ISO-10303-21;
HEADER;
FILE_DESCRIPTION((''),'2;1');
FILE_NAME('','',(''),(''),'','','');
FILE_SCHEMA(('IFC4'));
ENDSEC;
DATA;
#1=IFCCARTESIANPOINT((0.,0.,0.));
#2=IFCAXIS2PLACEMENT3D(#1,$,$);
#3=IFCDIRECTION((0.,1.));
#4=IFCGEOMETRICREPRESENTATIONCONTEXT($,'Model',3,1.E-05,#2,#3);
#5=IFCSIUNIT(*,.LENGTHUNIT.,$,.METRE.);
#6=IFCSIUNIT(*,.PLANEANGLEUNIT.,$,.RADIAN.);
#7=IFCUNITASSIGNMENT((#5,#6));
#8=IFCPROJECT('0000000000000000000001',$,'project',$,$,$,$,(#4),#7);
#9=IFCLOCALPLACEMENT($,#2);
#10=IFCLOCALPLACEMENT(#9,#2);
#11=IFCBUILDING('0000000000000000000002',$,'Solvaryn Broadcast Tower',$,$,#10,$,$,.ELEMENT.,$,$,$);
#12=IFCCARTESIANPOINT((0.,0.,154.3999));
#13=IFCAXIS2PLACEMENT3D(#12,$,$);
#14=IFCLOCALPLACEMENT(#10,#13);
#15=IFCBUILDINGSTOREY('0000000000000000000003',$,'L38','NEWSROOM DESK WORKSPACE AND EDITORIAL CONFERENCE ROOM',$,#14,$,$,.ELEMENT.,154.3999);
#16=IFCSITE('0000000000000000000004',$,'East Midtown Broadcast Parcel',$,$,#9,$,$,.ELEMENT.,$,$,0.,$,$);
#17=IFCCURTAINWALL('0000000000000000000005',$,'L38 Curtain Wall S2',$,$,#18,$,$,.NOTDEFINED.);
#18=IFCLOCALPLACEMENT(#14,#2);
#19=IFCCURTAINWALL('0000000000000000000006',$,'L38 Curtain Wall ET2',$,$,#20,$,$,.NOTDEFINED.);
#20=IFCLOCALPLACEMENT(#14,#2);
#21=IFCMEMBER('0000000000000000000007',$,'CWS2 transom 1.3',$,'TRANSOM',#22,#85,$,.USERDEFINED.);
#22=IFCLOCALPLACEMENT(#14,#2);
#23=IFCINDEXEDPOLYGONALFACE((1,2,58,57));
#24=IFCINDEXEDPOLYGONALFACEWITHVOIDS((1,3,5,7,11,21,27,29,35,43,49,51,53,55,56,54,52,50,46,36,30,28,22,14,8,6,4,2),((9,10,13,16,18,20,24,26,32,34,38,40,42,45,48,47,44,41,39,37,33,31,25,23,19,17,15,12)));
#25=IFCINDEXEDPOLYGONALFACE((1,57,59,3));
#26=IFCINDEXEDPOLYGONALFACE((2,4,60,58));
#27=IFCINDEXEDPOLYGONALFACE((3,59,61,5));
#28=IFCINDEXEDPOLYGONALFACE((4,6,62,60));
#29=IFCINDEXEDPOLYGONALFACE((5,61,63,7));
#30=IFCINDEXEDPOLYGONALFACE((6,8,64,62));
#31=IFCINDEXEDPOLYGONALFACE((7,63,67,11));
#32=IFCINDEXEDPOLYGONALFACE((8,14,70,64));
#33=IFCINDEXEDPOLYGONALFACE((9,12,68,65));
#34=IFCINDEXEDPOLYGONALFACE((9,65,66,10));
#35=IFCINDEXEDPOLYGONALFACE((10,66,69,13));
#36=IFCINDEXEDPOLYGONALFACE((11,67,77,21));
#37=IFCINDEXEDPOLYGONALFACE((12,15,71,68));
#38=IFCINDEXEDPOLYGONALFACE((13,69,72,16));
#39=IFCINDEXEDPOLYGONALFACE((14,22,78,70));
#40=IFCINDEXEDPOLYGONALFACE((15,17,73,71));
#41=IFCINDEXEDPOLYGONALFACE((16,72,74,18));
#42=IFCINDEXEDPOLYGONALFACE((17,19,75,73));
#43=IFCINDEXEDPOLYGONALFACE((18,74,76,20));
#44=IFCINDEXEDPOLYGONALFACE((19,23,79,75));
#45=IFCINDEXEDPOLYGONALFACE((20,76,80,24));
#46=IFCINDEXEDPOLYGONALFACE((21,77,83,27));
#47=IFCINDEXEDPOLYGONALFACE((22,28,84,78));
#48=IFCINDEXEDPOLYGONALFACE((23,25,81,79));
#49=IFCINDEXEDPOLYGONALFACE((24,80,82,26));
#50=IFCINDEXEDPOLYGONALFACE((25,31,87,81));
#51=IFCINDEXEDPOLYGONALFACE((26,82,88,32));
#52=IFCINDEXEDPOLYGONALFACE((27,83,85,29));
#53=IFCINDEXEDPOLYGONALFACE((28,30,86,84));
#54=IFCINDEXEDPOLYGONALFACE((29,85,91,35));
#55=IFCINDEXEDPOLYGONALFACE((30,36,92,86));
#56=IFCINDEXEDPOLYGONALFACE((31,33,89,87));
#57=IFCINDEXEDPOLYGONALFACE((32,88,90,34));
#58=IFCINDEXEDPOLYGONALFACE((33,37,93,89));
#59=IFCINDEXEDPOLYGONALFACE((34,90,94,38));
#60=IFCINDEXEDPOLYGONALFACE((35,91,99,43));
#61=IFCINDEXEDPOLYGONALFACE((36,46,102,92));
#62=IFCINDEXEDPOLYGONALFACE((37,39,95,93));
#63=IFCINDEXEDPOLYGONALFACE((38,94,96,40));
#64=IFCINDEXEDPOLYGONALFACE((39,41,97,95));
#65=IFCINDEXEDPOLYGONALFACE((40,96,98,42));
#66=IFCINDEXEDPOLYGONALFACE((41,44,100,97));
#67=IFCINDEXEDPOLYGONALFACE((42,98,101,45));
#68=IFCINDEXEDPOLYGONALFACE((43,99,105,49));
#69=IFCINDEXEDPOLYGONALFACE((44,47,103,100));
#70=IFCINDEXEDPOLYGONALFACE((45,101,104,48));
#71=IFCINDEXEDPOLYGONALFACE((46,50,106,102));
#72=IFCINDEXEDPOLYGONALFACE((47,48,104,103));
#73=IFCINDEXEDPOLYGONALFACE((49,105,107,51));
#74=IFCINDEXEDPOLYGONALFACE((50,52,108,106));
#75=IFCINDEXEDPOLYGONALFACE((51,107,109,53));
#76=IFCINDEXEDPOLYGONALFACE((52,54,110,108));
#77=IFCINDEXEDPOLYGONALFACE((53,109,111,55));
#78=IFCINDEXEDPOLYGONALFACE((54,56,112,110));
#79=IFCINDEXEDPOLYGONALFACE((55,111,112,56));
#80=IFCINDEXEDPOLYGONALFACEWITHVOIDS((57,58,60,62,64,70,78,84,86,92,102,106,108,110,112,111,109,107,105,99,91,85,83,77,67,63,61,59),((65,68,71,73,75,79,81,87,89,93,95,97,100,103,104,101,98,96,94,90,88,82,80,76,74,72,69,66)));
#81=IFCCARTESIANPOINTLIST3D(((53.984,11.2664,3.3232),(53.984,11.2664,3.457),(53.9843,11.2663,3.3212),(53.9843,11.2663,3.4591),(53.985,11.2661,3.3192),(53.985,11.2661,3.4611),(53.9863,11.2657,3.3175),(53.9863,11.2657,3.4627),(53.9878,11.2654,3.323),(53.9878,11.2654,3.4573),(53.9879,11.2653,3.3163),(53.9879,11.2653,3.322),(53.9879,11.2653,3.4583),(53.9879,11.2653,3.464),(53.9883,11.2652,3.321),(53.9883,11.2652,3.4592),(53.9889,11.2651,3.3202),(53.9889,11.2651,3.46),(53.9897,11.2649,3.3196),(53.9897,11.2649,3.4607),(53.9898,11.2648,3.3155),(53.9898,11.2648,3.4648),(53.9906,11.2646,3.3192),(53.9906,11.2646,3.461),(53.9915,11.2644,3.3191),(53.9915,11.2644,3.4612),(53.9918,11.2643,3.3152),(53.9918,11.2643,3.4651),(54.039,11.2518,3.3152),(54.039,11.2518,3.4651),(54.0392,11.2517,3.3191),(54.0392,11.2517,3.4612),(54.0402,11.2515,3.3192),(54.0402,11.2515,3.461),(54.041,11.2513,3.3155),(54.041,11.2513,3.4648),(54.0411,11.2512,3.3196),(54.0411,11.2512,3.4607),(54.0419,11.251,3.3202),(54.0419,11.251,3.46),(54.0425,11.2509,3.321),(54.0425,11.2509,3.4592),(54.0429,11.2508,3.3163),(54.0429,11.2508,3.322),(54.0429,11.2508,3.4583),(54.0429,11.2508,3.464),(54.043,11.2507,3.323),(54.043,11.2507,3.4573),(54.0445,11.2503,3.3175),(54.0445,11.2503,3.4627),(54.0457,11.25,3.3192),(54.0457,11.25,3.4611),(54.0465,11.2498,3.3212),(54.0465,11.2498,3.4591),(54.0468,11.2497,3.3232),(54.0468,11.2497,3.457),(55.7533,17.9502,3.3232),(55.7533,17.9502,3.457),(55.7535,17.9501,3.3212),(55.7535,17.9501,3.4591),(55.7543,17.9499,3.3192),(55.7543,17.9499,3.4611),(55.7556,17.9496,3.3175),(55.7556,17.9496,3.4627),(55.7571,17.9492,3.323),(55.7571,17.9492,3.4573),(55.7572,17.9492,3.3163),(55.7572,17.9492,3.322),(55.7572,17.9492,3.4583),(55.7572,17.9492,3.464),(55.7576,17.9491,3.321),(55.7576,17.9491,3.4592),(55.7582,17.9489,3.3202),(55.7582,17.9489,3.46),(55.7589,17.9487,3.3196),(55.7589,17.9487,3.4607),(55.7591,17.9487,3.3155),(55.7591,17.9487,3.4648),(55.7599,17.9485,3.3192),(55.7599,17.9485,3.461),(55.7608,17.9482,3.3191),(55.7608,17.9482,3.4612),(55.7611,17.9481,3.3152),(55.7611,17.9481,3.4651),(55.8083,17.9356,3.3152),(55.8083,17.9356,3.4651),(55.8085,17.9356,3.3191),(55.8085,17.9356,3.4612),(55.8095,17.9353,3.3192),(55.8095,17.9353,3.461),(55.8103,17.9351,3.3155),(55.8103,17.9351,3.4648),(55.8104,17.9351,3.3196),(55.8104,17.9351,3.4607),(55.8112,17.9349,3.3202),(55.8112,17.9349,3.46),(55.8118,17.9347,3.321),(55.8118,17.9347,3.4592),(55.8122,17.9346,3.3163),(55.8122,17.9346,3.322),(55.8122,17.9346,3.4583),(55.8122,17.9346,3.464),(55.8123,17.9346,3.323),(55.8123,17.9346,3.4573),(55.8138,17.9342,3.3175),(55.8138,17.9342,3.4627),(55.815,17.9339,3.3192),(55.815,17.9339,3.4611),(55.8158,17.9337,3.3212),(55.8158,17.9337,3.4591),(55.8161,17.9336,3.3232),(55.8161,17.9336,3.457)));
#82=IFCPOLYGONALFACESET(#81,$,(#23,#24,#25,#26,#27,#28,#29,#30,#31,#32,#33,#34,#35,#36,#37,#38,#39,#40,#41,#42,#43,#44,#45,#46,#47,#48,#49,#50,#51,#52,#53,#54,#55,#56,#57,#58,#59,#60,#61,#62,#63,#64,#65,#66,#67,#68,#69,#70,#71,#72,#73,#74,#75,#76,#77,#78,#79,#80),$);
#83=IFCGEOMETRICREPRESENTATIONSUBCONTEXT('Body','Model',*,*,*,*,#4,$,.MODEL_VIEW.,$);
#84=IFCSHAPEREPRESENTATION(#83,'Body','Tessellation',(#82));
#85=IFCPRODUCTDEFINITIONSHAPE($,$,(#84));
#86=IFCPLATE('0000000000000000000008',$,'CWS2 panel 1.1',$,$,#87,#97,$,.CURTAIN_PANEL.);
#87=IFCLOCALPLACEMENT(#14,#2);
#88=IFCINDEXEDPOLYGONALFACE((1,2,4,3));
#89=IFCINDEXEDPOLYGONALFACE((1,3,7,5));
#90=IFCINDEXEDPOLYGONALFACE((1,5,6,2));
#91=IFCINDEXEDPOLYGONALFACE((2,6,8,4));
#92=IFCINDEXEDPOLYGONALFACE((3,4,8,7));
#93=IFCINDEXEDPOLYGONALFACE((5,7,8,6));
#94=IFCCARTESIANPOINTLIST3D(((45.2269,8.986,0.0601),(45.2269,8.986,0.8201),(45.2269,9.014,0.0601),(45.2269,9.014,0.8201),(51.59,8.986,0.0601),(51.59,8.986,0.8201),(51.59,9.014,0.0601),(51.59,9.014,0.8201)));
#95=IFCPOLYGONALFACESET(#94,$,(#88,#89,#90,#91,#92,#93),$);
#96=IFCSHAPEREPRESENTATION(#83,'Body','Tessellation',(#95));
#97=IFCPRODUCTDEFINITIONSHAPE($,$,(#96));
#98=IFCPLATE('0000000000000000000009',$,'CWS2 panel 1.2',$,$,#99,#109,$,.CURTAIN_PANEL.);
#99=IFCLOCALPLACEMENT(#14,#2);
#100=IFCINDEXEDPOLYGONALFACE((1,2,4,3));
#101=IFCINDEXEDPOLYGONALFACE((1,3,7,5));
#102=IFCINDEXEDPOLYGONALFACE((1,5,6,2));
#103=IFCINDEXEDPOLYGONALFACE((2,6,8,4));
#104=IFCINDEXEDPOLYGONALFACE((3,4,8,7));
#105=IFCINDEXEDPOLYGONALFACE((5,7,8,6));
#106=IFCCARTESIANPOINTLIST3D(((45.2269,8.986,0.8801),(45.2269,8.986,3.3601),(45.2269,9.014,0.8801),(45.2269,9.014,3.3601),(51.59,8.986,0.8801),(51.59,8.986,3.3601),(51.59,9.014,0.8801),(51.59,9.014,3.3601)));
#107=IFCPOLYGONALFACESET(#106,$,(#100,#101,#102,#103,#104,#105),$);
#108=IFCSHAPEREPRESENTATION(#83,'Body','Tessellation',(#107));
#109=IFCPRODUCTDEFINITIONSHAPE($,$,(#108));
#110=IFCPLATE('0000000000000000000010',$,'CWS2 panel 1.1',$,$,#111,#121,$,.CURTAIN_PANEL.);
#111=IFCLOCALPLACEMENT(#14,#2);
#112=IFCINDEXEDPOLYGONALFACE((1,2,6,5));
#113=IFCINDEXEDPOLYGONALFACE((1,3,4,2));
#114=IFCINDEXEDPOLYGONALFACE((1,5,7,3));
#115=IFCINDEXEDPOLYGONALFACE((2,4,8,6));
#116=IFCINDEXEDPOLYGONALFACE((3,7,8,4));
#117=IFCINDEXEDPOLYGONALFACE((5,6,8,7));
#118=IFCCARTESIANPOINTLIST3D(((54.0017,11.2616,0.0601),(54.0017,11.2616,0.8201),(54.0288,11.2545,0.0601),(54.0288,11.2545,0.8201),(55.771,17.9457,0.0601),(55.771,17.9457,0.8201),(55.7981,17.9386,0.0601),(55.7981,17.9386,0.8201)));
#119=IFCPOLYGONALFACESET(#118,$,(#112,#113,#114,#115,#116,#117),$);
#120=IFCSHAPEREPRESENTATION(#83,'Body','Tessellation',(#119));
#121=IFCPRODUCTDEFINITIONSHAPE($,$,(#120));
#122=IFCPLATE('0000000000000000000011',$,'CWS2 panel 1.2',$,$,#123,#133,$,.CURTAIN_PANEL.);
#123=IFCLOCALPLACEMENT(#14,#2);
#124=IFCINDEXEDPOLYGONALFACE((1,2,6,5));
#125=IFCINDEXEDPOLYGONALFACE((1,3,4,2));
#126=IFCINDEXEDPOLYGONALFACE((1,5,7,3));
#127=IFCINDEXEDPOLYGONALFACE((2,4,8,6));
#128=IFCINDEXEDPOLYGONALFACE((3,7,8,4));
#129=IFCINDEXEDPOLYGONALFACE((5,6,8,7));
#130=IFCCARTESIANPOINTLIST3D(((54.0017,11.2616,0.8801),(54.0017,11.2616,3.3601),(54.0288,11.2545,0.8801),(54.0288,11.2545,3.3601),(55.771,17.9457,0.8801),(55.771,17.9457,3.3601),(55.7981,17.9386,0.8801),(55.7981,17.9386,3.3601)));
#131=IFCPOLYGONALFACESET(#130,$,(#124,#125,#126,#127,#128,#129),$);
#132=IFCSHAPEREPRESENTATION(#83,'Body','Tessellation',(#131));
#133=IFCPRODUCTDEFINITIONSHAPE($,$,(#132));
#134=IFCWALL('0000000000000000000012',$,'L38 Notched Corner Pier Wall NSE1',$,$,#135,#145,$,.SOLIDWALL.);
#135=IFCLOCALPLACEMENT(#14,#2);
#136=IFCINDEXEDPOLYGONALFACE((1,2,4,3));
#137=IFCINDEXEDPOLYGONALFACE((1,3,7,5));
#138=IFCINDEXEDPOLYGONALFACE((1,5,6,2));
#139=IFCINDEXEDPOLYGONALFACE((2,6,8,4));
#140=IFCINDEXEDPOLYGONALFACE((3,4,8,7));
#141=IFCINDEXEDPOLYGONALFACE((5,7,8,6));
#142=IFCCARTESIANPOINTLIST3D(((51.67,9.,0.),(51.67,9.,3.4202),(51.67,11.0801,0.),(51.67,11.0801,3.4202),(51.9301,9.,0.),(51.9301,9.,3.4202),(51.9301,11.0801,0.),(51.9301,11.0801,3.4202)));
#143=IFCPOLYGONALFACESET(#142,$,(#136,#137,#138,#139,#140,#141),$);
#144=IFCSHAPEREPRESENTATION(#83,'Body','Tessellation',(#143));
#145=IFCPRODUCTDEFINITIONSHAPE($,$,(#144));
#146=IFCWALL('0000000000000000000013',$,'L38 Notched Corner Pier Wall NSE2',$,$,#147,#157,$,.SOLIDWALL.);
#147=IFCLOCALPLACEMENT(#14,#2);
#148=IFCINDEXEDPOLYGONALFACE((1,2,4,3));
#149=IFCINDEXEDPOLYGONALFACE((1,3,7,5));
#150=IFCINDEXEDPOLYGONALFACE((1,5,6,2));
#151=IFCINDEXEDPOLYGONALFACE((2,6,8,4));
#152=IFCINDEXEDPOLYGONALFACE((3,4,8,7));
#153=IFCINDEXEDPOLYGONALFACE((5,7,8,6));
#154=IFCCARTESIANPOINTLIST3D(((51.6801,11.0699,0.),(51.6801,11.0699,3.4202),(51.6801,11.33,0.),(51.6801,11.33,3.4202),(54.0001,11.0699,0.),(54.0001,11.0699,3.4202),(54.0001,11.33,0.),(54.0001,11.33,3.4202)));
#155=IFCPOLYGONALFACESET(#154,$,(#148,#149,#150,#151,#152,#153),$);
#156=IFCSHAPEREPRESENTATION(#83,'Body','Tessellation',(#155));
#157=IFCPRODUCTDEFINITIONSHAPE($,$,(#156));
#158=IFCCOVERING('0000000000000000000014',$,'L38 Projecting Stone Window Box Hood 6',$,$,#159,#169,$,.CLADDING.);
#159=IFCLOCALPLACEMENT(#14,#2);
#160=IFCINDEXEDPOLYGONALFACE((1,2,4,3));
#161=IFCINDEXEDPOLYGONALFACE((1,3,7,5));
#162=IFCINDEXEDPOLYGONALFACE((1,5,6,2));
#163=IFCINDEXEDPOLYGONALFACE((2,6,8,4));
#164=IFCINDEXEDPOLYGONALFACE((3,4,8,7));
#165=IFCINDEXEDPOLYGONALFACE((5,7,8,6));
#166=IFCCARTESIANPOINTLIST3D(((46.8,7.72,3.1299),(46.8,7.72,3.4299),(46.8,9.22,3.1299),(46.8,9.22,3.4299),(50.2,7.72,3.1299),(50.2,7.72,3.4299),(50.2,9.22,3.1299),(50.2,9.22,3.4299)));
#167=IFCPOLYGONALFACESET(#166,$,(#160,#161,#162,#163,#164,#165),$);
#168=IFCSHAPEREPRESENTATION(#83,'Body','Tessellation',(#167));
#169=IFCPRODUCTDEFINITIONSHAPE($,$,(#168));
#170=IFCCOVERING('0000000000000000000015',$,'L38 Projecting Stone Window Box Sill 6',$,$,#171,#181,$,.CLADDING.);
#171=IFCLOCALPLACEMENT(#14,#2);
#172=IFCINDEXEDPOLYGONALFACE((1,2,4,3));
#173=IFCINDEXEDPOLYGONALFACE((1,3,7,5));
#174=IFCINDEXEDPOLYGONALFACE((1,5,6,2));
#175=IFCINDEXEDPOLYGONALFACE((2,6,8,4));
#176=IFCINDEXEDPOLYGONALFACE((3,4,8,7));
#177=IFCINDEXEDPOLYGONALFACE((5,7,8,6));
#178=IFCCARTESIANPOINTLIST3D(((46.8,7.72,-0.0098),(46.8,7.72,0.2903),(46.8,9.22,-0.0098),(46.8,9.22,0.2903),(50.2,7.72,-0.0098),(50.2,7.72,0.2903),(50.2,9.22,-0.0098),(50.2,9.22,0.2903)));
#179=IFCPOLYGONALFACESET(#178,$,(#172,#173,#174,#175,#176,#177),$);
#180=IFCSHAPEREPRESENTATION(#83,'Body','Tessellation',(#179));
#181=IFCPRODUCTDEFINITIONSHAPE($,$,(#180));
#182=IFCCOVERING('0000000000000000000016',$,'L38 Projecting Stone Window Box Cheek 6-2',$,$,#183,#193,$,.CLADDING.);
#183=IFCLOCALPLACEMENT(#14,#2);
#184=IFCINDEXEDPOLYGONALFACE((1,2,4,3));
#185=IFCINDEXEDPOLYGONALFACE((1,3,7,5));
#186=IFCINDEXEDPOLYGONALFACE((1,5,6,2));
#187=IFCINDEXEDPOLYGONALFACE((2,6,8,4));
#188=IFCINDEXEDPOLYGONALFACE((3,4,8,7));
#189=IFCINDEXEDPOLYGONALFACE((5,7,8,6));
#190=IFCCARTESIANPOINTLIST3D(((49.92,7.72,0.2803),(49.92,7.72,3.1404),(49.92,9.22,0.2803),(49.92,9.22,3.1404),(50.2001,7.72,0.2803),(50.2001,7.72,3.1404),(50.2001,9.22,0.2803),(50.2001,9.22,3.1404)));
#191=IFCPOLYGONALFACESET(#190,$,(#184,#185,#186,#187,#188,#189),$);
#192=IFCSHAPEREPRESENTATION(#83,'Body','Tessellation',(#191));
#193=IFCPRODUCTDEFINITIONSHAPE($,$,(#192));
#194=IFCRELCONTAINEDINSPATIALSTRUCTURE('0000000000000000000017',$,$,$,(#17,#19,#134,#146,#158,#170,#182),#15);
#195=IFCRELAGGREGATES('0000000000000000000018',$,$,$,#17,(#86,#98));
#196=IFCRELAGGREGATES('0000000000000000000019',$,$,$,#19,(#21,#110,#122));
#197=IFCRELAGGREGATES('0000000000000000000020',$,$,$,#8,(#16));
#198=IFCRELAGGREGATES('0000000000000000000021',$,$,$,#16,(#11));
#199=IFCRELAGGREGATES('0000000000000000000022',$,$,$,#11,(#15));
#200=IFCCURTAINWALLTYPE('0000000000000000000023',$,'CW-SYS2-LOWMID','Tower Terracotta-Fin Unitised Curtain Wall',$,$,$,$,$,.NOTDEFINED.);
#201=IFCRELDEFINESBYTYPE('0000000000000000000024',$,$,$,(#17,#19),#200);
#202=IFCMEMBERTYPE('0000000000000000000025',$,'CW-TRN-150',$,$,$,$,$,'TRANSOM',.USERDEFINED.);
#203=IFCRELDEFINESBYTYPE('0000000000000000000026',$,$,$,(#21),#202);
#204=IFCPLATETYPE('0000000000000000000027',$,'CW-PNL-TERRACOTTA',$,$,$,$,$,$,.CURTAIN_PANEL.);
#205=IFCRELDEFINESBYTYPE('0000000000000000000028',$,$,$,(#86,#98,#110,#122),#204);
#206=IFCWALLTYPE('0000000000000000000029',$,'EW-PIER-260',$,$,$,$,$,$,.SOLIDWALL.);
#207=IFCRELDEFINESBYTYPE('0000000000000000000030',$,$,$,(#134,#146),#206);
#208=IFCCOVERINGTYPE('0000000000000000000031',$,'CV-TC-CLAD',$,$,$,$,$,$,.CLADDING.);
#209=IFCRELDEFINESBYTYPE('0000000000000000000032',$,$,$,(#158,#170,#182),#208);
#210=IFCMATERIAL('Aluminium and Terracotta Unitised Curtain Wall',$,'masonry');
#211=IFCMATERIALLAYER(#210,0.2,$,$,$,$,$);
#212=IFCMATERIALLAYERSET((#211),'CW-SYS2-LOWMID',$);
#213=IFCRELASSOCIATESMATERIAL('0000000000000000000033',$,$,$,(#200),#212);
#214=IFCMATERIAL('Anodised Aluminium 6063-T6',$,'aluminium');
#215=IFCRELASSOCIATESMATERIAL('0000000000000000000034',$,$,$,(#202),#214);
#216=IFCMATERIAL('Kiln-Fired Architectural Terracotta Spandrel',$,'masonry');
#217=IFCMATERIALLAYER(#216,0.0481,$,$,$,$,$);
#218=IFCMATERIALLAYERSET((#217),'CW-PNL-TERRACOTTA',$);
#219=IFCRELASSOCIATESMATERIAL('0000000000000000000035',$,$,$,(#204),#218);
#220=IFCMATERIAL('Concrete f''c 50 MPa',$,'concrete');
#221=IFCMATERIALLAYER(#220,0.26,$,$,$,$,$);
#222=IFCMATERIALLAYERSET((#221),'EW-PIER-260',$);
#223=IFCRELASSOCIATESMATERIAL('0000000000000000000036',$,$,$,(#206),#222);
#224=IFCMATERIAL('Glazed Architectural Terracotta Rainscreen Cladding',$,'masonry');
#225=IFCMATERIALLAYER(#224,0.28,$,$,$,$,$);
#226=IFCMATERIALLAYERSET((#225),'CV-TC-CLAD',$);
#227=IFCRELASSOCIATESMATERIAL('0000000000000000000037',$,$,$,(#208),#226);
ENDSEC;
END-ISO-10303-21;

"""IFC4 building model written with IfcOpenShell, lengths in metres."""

from ifc_helpers import new_model, si_unit, direction, frame, frame_2d, origin, origin_2d, place, context, subcontext, project, spatial, rectangle, hollow_rectangle, extrude, material, layer, layer_set, material_profile, profile_set, type_object, element, aggregate, save


model = new_model("IFC4")

# Units and contexts
model_context = context("Model", 3, precision=1e-05, world=origin(), true_north=direction((0.0, 1.0)))
body_context = subcontext(model_context, "Body", "Model", "MODEL_VIEW")
ifc_project = project(units=[si_unit("LENGTHUNIT", "METRE"), si_unit("PLANEANGLEUNIT", "RADIAN")], contexts=[model_context])

# Site, building, storey
site_placement = place(None, origin())
site = spatial("IfcSite", under=ifc_project, at=site_placement, Name="East Midtown Broadcast Parcel", CompositionType="ELEMENT", RefElevation=0.0)
building_placement = place(site_placement, origin())
building = spatial("IfcBuilding", under=site, at=building_placement, Name="Solvaryn Broadcast Tower", CompositionType="ELEMENT")
storey_placement = place(building_placement, frame((0.0, 0.0, 154.3999)))
storey = spatial("IfcBuildingStorey", under=building, at=storey_placement, Name="L38", Description="NEWSROOM DESK WORKSPACE AND EDITORIAL CONFERENCE ROOM", CompositionType="ELEMENT", Elevation=154.3999)

# Curtain wall
ifc_material_1 = material(Name="Aluminium and Terracotta Unitised Curtain Wall", Category="masonry")
ifc_layer_1 = layer(ifc_material_1, 0.2)
ifc_layer_set_1 = layer_set([ifc_layer_1], Name="CW-SYS2-LOWMID")
curtain_wall_type = type_object("IfcCurtainWallType", Name="CW-SYS2-LOWMID", Description="Tower Terracotta-Fin Unitised Curtain Wall", PredefinedType="NOTDEFINED", material=ifc_layer_set_1)
curtain_wall_1_placement = place(storey_placement, origin())
curtain_wall_1 = element("IfcCurtainWall", 1, at=curtain_wall_1_placement, inside=storey, type_object=curtain_wall_type, Name="L38 Curtain Wall S2", PredefinedType="NOTDEFINED")

# Curtain wall, member
curtain_wall_2_placement = place(storey_placement, origin())
curtain_wall_2 = element("IfcCurtainWall", 2, at=curtain_wall_2_placement, inside=storey, type_object=curtain_wall_type, Name="L38 Curtain Wall ET2", PredefinedType="NOTDEFINED")
ifc_material_2 = material(Name="Anodised Aluminium 6063-T6", Category="aluminium")
ifc_material_profile_1 = material_profile(ifc_material_2, hollow_rectangle(XDim=0.0649, YDim=0.1499, WallThickness=0.0039, InnerFilletRadius=0.0039, OuterFilletRadius=0.0081, at=origin_2d()))
ifc_profile_set_1 = profile_set([ifc_material_profile_1], Name="Anodised Aluminium 6063-T6")
member_type_1 = type_object("IfcMemberType", Name="CW-TRN-150", ElementType="TRANSOM", PredefinedType="USERDEFINED", material=ifc_profile_set_1)
member_1_placement = place(storey_placement, frame((55.7847, 17.9419, 3.3901), z_axis=(-0.255897, -0.966704, 0.0), x_axis=(0.966704, -0.255897, 0.0)))
member_1 = element("IfcMember", 3, at=member_1_placement, type_object=member_type_1, Name="CWS2 transom 1.3", ObjectType="TRANSOM", PredefinedType="USERDEFINED", context=body_context, shape_type="SweptSolid", body=[
    extrude(hollow_rectangle(XDim=0.0649, YDim=0.1499, WallThickness=0.0039, InnerFilletRadius=0.0039, OuterFilletRadius=0.0081, at=origin_2d()), origin(), (0.0, 0.0, 1.0), 6.9141),
])

# Plates
ifc_material_3 = material(Name="Kiln-Fired Architectural Terracotta Spandrel", Category="masonry")
ifc_layer_2 = layer(ifc_material_3, 0.0481)
ifc_layer_set_2 = layer_set([ifc_layer_2], Name="CW-PNL-TERRACOTTA")
plate_type = type_object("IfcPlateType", Name="CW-PNL-TERRACOTTA", PredefinedType="CURTAIN_PANEL", material=ifc_layer_set_2)
plate_1_placement = place(storey_placement, frame((48.4084, 9.0, 0.0601), z_axis=(0.0, 0.0, 1.0), x_axis=(1.0, 0.0, 0.0)))
plate_1 = element("IfcPlate", 4, at=plate_1_placement, type_object=plate_type, Name="CWS2 panel 1.1", PredefinedType="CURTAIN_PANEL", context=body_context, shape_type="SweptSolid", body=[
    extrude(rectangle(XDim=6.363, YDim=0.0281, at=origin_2d()), origin(), (0.0, 0.0, 1.0), 0.76),
])
plate_2_placement = place(storey_placement, frame((48.4084, 9.0, 0.8801), z_axis=(0.0, 0.0, 1.0), x_axis=(1.0, 0.0, 0.0)))
plate_2 = element("IfcPlate", 5, at=plate_2_placement, type_object=plate_type, Name="CWS2 panel 1.2", PredefinedType="CURTAIN_PANEL", context=body_context, shape_type="SweptSolid", body=[
    extrude(rectangle(XDim=6.363, YDim=0.0281, at=origin_2d()), origin(), (0.0, 0.0, 1.0), 2.48),
])
aggregate(curtain_wall_1, [plate_1, plate_2])
plate_3_placement = place(storey_placement, frame((54.8999, 14.6001, 0.0601), z_axis=(0.0, 0.0, 1.0), x_axis=(-0.255893, -0.966705, 0.0)))
plate_3 = element("IfcPlate", 6, at=plate_3_placement, type_object=plate_type, Name="CWS2 panel 1.1", PredefinedType="CURTAIN_PANEL", context=body_context, shape_type="SweptSolid", body=[
    extrude(rectangle(XDim=6.9143, YDim=0.0281, at=origin_2d()), origin(), (0.0, 0.0, 1.0), 0.76),
])
plate_4_placement = place(storey_placement, frame((54.8999, 14.6001, 0.8801), z_axis=(0.0, 0.0, 1.0), x_axis=(-0.255893, -0.966705, 0.0)))
plate_4 = element("IfcPlate", 7, at=plate_4_placement, type_object=plate_type, Name="CWS2 panel 1.2", PredefinedType="CURTAIN_PANEL", context=body_context, shape_type="SweptSolid", body=[
    extrude(rectangle(XDim=6.9143, YDim=0.0281, at=origin_2d()), origin(), (0.0, 0.0, 1.0), 2.48),
])
aggregate(curtain_wall_2, [member_1, plate_3, plate_4])

# Walls
ifc_material_4 = material(Name="Concrete f'c 50 MPa", Category="concrete")
ifc_layer_3 = layer(ifc_material_4, 0.26)
ifc_layer_set_3 = layer_set([ifc_layer_3], Name="EW-PIER-260")
wall_type = type_object("IfcWallType", Name="EW-PIER-260", PredefinedType="SOLIDWALL", material=ifc_layer_set_3)
wall_1_placement = place(storey_placement, frame((51.8, 9.0, 0.0), z_axis=(0.0, 0.0, 1.0), x_axis=(0.0, 1.0, 0.0)))
element("IfcWall", 8, at=wall_1_placement, inside=storey, type_object=wall_type, Name="L38 Notched Corner Pier Wall NSE1", PredefinedType="SOLIDWALL", context=body_context, shape_type="SweptSolid", body=[
    extrude(rectangle(XDim=2.0801, YDim=0.26, at=frame_2d((1.04, 0.0))), origin(), (0.0, 0.0, 1.0), 3.4202),
])
wall_2_placement = place(storey_placement, frame((51.6799, 11.2, 0.0), z_axis=(0.0, 0.0, 1.0), x_axis=(1.0, 0.0, 0.0)))
element("IfcWall", 9, at=wall_2_placement, inside=storey, type_object=wall_type, Name="L38 Notched Corner Pier Wall NSE2", PredefinedType="SOLIDWALL", context=body_context, shape_type="SweptSolid", body=[
    extrude(rectangle(XDim=2.3201, YDim=0.26, at=frame_2d((1.1602, 0.0))), origin(), (0.0, 0.0, 1.0), 3.4202),
])

# Coverings
ifc_material_5 = material(Name="Glazed Architectural Terracotta Rainscreen Cladding", Category="masonry")
ifc_layer_4 = layer(ifc_material_5, 0.28)
ifc_layer_set_4 = layer_set([ifc_layer_4], Name="CV-TC-CLAD")
covering_type_1 = type_object("IfcCoveringType", Name="CV-TC-CLAD", PredefinedType="CLADDING", material=ifc_layer_set_4)
for number, where, z_axis, x_axis, name in (
    (10, (48.5, 8.47, 3.1299), (0.0, 0.0, 1.0), (1.0, 0.0, 0.0), "L38 Projecting Stone Window Box Hood 6"),
    (11, (48.5, 8.47, -0.0098), (0.0, 0.0, 1.0), (1.0, 0.0, 0.0), "L38 Projecting Stone Window Box Sill 6"),
):
    element("IfcCovering", number, at=place(storey_placement, frame(where, z_axis=z_axis, x_axis=x_axis)), inside=storey, type_object=covering_type_1, Name=name, PredefinedType="CLADDING", context=body_context, shape_type="SweptSolid", body=[
        extrude(rectangle(XDim=3.3999, YDim=1.5, at=origin_2d()), origin(), (0.0, 0.0, 1.0), 0.3),
    ])
covering_1_placement = place(storey_placement, frame((50.0601, 8.47, 0.2803), z_axis=(0.0, 0.0, 1.0), x_axis=(1.0, 0.0, 0.0)))
element("IfcCovering", 12, at=covering_1_placement, inside=storey, type_object=covering_type_1, Name="L38 Projecting Stone Window Box Cheek 6-2", PredefinedType="CLADDING", context=body_context, shape_type="SweptSolid", body=[
    extrude(rectangle(XDim=0.28, YDim=1.5, at=origin_2d()), origin(), (0.0, 0.0, 1.0), 2.8601),
])

save(model, "model.ifc")
